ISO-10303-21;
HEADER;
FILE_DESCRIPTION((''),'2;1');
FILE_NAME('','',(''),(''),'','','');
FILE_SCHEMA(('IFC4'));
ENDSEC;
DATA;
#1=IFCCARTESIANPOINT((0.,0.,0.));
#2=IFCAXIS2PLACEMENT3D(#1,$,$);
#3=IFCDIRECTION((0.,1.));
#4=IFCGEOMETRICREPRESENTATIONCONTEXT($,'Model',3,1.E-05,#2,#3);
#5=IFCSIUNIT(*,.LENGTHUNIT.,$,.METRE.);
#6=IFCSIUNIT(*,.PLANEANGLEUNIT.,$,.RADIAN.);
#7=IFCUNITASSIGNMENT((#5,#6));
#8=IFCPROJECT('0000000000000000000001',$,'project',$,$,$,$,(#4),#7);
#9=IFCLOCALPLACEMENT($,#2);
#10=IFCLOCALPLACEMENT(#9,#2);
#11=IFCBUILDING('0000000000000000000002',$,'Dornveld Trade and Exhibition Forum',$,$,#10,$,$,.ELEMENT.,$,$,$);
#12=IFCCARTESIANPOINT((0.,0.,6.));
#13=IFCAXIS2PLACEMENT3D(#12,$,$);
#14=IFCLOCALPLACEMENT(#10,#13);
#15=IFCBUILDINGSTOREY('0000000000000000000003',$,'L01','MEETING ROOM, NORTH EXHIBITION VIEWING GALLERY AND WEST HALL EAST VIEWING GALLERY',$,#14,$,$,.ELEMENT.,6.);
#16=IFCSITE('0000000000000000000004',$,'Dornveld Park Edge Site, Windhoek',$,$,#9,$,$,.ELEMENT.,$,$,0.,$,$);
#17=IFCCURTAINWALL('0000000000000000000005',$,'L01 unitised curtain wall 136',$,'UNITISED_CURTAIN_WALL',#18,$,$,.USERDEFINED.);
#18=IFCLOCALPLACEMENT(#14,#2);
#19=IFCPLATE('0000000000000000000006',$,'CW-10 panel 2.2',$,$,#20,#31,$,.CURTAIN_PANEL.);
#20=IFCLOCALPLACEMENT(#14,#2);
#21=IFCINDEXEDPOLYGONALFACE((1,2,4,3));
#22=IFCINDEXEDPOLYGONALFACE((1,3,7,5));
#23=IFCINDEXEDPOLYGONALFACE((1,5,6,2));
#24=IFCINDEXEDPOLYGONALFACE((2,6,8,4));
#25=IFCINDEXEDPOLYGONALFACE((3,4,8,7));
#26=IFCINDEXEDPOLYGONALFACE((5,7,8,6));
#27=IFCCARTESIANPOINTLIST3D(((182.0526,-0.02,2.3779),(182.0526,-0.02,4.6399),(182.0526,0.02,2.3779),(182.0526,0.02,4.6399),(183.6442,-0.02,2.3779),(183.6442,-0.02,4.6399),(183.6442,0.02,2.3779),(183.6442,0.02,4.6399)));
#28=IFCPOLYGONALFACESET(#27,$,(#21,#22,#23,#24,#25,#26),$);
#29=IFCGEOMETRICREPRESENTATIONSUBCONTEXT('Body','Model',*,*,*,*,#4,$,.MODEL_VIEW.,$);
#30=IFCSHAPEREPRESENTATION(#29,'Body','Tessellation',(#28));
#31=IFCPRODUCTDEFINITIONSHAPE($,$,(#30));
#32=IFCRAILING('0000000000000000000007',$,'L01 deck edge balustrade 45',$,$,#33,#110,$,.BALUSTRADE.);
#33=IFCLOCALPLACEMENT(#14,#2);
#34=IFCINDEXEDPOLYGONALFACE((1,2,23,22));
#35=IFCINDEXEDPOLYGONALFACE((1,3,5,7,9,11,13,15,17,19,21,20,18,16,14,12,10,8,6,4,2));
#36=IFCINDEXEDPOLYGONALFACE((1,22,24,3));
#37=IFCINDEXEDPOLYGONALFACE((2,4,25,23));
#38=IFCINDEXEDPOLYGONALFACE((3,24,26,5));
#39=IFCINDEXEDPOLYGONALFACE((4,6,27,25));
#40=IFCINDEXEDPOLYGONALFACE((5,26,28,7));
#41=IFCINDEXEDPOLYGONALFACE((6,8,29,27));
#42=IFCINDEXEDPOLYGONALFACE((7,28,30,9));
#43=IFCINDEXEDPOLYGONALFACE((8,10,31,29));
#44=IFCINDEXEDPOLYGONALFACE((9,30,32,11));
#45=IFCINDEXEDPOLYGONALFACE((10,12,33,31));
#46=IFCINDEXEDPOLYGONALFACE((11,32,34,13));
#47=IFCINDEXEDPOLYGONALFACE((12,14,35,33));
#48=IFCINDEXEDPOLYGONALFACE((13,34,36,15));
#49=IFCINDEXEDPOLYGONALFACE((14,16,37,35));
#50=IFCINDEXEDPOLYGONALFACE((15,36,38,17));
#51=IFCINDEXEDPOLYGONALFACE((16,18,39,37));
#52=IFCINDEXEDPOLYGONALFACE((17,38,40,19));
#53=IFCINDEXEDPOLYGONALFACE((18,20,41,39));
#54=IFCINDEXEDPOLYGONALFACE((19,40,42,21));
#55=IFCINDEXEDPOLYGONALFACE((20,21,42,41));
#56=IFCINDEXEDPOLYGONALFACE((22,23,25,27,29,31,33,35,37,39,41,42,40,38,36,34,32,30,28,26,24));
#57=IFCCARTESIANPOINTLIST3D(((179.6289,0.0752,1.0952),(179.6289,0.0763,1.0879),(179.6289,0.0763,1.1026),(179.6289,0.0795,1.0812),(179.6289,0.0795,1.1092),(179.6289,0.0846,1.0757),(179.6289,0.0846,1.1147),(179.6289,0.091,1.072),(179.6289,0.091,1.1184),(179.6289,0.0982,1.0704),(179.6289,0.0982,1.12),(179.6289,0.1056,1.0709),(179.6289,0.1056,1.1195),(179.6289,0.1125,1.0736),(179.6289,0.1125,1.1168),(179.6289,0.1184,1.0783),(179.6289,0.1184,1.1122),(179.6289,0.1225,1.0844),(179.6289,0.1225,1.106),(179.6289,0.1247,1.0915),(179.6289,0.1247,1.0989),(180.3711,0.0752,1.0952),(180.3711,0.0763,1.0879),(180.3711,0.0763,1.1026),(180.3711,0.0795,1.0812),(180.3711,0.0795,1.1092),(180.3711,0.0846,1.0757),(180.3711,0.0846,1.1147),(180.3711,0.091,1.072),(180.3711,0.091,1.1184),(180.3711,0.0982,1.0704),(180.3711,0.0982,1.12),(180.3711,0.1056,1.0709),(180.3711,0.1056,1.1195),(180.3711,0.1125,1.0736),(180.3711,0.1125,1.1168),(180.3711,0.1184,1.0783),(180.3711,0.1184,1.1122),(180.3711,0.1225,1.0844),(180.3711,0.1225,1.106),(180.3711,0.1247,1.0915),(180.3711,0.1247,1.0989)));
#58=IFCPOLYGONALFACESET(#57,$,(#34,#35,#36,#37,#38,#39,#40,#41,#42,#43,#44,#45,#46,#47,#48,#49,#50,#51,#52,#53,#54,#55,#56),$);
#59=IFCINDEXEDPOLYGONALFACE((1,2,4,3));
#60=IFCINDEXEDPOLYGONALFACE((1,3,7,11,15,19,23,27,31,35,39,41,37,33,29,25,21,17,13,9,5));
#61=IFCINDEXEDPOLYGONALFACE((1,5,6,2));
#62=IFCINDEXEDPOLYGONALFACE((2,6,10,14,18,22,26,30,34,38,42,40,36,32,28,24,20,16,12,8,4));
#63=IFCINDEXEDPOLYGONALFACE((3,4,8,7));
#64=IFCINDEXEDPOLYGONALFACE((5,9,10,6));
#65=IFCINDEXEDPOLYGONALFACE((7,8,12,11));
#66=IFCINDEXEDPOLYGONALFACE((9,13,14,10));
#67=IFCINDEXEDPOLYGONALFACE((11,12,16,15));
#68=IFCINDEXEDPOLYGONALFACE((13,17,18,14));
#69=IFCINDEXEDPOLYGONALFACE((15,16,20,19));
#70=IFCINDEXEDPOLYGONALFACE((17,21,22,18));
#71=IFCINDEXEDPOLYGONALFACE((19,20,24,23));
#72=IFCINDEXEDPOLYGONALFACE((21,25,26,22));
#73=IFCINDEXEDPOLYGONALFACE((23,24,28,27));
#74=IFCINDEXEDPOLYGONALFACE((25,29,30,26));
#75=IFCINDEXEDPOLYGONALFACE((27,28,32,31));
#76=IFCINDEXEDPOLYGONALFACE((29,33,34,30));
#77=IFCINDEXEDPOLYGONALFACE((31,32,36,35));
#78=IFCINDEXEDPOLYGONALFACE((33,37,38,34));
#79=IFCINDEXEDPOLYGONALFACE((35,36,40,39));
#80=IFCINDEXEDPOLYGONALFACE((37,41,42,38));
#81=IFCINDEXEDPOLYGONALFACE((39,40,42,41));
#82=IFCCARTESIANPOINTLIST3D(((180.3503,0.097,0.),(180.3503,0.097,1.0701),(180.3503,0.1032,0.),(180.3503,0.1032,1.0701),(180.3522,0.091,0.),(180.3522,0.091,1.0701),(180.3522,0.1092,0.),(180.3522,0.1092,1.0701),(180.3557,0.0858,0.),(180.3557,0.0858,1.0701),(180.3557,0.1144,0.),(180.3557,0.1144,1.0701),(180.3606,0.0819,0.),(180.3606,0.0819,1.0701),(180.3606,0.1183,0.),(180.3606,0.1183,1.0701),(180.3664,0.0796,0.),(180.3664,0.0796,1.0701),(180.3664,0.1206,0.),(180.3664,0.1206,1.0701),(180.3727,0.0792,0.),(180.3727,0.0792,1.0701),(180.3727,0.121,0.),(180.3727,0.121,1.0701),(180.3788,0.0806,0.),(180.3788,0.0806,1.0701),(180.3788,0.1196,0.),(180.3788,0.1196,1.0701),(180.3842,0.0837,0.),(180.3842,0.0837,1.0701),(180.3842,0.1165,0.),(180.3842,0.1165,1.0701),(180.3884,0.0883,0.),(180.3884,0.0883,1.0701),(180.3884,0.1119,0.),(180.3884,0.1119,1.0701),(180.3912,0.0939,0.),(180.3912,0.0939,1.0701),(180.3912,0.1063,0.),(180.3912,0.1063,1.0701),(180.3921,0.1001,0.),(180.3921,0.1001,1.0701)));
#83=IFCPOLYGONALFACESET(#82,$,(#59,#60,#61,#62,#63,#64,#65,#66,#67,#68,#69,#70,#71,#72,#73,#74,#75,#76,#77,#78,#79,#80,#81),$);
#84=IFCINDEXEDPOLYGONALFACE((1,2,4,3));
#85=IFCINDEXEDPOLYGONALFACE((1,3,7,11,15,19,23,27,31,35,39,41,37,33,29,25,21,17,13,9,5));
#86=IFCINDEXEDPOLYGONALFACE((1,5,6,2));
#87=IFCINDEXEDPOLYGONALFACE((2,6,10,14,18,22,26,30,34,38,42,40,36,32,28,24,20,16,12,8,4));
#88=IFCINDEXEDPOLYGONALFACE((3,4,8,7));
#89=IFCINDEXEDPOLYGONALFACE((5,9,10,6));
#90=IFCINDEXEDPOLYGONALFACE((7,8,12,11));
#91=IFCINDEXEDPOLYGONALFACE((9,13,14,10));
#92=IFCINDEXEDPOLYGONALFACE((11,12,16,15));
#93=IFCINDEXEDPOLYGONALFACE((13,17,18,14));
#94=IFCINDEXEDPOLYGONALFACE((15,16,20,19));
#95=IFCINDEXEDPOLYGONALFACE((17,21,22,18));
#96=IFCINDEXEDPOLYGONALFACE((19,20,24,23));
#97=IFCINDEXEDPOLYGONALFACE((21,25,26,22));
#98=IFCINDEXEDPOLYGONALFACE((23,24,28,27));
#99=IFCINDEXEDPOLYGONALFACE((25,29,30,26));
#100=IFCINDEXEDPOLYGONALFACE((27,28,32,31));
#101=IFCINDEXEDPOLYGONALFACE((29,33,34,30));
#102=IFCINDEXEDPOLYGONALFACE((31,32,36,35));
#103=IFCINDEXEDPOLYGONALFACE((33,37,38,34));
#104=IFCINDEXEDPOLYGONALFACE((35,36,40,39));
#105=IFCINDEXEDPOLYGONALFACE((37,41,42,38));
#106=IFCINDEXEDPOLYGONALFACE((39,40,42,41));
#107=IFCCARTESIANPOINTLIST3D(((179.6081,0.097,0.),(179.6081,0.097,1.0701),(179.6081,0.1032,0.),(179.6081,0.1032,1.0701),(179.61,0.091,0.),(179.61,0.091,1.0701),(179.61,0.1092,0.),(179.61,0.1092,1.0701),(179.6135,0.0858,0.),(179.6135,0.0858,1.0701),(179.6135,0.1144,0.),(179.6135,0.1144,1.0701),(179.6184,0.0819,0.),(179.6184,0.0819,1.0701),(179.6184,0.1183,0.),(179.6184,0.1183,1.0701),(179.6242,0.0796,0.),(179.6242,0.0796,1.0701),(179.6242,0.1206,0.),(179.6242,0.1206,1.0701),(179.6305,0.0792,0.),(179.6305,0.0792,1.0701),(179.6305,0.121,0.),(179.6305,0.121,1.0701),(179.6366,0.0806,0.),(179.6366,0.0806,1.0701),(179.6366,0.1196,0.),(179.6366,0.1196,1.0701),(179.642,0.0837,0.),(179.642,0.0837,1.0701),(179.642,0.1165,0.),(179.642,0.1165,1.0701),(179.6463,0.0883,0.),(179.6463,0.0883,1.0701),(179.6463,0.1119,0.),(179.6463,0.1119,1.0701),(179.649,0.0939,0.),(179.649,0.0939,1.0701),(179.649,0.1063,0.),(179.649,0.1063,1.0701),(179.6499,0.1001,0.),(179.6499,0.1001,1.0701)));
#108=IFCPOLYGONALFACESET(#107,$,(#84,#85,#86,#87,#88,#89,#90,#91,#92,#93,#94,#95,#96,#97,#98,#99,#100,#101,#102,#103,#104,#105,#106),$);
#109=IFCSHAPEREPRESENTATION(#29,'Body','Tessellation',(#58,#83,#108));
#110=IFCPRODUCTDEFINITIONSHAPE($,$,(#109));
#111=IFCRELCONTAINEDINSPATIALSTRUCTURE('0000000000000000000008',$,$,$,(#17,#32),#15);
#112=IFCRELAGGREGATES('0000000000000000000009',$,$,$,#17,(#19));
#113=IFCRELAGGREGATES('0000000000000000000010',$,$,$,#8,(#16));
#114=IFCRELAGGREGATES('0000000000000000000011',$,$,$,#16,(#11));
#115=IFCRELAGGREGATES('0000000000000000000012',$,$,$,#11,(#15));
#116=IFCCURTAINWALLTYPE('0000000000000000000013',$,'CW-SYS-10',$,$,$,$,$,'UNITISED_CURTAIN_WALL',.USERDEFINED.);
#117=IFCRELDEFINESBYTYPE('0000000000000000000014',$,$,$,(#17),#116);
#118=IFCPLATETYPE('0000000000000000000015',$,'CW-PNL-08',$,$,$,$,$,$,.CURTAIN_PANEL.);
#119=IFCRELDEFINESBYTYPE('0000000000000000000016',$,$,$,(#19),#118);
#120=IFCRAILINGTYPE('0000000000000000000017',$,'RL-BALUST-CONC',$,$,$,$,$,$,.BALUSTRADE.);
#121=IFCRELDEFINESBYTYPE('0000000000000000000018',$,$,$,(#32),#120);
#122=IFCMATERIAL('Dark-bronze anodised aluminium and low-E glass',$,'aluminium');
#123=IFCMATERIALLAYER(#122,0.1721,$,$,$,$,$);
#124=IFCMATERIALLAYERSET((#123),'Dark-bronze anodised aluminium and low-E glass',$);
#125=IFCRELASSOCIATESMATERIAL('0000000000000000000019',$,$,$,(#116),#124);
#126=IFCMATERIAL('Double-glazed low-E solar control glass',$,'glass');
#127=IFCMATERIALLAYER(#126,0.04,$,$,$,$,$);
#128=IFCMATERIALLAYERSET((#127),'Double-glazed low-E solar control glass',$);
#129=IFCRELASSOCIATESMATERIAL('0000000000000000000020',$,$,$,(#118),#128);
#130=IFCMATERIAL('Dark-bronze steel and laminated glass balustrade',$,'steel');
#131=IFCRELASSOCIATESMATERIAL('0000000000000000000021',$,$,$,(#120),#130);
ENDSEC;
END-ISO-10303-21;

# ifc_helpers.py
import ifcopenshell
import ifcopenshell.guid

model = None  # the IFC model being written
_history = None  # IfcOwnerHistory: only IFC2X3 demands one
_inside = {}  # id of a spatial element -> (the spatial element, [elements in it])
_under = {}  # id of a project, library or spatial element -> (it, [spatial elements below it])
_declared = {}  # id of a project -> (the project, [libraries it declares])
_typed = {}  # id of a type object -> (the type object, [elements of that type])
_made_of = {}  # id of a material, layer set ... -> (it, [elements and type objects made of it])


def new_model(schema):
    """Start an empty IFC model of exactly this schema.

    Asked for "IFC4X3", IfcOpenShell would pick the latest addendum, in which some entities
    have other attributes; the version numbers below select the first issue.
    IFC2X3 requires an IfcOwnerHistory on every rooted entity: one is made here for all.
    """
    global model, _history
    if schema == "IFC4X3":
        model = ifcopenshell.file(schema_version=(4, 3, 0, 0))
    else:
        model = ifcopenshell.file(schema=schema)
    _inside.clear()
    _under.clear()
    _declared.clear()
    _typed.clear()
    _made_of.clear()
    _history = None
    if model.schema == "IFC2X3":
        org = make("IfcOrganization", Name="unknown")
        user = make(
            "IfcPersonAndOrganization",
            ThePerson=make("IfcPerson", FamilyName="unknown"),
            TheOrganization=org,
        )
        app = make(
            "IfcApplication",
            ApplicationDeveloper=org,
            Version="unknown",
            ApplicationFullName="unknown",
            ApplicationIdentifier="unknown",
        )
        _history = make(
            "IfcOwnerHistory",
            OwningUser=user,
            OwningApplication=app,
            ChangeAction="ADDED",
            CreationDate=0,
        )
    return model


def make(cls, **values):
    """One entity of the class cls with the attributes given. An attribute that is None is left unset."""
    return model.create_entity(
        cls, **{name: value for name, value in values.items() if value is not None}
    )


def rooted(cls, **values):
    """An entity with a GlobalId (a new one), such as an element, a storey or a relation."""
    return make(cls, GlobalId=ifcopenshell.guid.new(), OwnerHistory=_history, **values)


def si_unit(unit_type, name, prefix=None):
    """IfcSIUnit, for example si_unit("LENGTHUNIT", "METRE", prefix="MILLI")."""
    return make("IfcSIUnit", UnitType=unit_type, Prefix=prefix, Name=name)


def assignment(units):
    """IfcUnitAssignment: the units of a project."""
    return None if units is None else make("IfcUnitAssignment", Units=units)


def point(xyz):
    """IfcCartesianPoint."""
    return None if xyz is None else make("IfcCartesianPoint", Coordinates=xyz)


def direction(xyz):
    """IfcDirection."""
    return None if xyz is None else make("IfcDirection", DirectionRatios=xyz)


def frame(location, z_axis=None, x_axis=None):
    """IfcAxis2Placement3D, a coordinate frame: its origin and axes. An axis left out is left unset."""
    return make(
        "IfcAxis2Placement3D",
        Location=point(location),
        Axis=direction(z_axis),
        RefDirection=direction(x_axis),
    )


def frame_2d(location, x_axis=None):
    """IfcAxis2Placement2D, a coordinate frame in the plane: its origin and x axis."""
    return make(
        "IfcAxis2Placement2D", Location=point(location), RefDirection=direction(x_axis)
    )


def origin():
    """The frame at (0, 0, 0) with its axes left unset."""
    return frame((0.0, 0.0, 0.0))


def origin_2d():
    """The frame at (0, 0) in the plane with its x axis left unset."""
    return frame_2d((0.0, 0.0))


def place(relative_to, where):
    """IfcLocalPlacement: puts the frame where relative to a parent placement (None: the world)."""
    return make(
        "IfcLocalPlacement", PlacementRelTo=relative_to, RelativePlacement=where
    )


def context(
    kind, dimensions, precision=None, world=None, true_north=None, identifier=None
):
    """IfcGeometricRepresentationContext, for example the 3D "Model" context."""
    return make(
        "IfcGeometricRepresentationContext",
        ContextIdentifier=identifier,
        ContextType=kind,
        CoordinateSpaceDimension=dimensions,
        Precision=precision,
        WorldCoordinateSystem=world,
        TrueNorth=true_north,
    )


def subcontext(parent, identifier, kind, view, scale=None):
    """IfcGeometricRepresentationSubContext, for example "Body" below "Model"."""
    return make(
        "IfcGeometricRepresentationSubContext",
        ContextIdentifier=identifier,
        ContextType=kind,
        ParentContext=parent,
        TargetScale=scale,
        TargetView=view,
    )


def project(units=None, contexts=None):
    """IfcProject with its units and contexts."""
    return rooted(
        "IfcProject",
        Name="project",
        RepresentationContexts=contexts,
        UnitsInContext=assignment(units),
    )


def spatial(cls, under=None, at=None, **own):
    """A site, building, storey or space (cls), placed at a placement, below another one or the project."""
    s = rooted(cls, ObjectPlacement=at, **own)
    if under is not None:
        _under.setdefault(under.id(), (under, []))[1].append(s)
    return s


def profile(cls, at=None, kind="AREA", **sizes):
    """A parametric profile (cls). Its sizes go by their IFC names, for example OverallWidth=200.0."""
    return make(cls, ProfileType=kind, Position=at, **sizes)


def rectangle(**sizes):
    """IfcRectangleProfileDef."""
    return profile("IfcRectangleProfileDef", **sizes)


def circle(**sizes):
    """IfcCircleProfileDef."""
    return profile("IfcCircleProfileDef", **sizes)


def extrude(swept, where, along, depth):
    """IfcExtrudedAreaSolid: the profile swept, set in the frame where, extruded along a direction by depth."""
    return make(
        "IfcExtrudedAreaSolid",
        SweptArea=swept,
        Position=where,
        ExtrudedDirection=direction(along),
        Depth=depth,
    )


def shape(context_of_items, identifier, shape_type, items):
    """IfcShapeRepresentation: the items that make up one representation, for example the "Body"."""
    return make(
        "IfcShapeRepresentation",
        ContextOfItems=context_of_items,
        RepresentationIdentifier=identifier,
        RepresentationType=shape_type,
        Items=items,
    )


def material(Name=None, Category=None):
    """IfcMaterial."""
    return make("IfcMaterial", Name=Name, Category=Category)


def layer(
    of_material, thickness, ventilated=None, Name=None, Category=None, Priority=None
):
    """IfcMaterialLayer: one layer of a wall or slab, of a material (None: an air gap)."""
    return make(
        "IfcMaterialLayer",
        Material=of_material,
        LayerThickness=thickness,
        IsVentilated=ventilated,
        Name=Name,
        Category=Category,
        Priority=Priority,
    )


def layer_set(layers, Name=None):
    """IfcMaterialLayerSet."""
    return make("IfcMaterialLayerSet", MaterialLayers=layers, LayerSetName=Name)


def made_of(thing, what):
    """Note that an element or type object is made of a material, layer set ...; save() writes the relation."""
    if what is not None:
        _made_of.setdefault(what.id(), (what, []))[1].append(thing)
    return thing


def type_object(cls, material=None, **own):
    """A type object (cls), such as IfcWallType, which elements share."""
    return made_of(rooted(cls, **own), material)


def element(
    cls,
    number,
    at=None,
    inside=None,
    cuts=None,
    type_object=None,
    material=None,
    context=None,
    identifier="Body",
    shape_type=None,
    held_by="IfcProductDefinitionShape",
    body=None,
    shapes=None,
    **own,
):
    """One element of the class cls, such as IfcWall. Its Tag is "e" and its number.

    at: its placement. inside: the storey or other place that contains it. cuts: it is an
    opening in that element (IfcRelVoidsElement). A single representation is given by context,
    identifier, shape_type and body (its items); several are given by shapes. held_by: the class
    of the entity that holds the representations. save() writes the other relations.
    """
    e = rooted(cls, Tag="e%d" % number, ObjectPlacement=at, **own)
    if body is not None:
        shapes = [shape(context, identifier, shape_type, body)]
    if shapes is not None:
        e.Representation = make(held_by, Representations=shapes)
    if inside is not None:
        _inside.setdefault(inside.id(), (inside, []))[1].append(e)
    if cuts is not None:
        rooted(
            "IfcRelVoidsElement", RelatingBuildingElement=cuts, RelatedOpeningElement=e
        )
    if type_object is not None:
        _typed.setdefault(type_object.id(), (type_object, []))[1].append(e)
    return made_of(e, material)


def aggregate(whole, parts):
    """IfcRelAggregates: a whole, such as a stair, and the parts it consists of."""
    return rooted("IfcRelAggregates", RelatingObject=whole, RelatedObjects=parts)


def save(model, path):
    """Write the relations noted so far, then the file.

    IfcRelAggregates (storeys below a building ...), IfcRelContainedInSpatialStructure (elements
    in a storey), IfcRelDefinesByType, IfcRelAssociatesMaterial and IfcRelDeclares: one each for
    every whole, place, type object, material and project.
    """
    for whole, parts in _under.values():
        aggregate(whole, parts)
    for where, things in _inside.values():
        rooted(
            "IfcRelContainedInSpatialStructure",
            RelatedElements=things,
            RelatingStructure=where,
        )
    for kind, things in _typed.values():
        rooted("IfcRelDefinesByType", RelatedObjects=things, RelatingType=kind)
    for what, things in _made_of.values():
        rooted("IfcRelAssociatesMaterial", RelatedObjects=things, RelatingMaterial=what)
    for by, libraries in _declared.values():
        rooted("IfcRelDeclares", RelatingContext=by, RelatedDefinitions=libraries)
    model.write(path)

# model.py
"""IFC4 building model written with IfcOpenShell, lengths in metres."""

from ifc_helpers import new_model, si_unit, direction, frame, origin, origin_2d, place, context, subcontext, project, spatial, rectangle, circle, extrude, material, layer, layer_set, type_object, element, aggregate, save


model = new_model("IFC4")

# Units and contexts
model_context = context("Model", 3, precision=1e-05, world=origin(), true_north=direction((0.0, 1.0)))
body_context = subcontext(model_context, "Body", "Model", "MODEL_VIEW")
ifc_project = project(units=[si_unit("LENGTHUNIT", "METRE"), si_unit("PLANEANGLEUNIT", "RADIAN")], contexts=[model_context])

# Site, building, storey
site_placement = place(None, origin())
site = spatial("IfcSite", under=ifc_project, at=site_placement, Name="Dornveld Park Edge Site, Windhoek", CompositionType="ELEMENT", RefElevation=0.0)
building_placement = place(site_placement, origin())
building = spatial("IfcBuilding", under=site, at=building_placement, Name="Dornveld Trade and Exhibition Forum", CompositionType="ELEMENT")
storey_placement = place(building_placement, frame((0.0, 0.0, 6.0)))
storey = spatial("IfcBuildingStorey", under=building, at=storey_placement, Name="L01", Description="MEETING ROOM, NORTH EXHIBITION VIEWING GALLERY AND WEST HALL EAST VIEWING GALLERY", CompositionType="ELEMENT", Elevation=6.0)

# Curtain wall
ifc_material_1 = material(Name="Dark-bronze anodised aluminium and low-E glass", Category="aluminium")
ifc_layer_1 = layer(ifc_material_1, 0.1721)
ifc_layer_set_1 = layer_set([ifc_layer_1], Name="Dark-bronze anodised aluminium and low-E glass")
curtain_wall_type_1 = type_object("IfcCurtainWallType", Name="CW-SYS-10", ElementType="UNITISED_CURTAIN_WALL", PredefinedType="USERDEFINED", material=ifc_layer_set_1)
curtain_wall_1_placement = place(storey_placement, origin())
curtain_wall_1 = element("IfcCurtainWall", 1, at=curtain_wall_1_placement, inside=storey, type_object=curtain_wall_type_1, Name="L01 unitised curtain wall 136", ObjectType="UNITISED_CURTAIN_WALL", PredefinedType="USERDEFINED")

# Plate
ifc_material_2 = material(Name="Double-glazed low-E solar control glass", Category="glass")
ifc_layer_2 = layer(ifc_material_2, 0.04)
ifc_layer_set_2 = layer_set([ifc_layer_2], Name="Double-glazed low-E solar control glass")
plate_type_1 = type_object("IfcPlateType", Name="CW-PNL-08", PredefinedType="CURTAIN_PANEL", material=ifc_layer_set_2)
plate_1_placement = place(storey_placement, frame((182.8484, 0.0, 2.3779), z_axis=(0.0, 0.0, 1.0), x_axis=(1.0, 0.0, 0.0)))
plate_1 = element("IfcPlate", 2, at=plate_1_placement, type_object=plate_type_1, Name="CW-10 panel 2.2", PredefinedType="CURTAIN_PANEL", context=body_context, shape_type="SweptSolid", body=[
    extrude(rectangle(XDim=1.5916, YDim=0.04, at=origin_2d()), origin(), (0.0, 0.0, 1.0), 2.262),
])
aggregate(curtain_wall_1, [plate_1])

# Railing
ifc_material_3 = material(Name="Dark-bronze steel and laminated glass balustrade", Category="steel")
railing_type = type_object("IfcRailingType", Name="RL-BALUST-CONC", PredefinedType="BALUSTRADE", material=ifc_material_3)
railing_placement = place(storey_placement, frame((180.3711, 0.1001, 0.0)))
element("IfcRailing", 3, at=railing_placement, inside=storey, type_object=railing_type, Name="L01 deck edge balustrade 45", PredefinedType="BALUSTRADE", context=body_context, shape_type="SweptSolid", body=[
    extrude(circle(Radius=0.0249, at=origin_2d()), frame((0.0, 0.0, 1.0952), z_axis=(-1.0, 0.0, 0.0), x_axis=(0.0, -1.0, 0.0)), (0.0, 0.0, 1.0), 0.7422),
    extrude(circle(Radius=0.021, at=origin_2d()), origin(), (0.0, 0.0, 1.0), 1.0701),
    extrude(circle(Radius=0.021, at=origin_2d()), frame((-0.7422, 0.0, 0.0)), (0.0, 0.0, 1.0), 1.0701),
])

save(model, "model.ifc")
